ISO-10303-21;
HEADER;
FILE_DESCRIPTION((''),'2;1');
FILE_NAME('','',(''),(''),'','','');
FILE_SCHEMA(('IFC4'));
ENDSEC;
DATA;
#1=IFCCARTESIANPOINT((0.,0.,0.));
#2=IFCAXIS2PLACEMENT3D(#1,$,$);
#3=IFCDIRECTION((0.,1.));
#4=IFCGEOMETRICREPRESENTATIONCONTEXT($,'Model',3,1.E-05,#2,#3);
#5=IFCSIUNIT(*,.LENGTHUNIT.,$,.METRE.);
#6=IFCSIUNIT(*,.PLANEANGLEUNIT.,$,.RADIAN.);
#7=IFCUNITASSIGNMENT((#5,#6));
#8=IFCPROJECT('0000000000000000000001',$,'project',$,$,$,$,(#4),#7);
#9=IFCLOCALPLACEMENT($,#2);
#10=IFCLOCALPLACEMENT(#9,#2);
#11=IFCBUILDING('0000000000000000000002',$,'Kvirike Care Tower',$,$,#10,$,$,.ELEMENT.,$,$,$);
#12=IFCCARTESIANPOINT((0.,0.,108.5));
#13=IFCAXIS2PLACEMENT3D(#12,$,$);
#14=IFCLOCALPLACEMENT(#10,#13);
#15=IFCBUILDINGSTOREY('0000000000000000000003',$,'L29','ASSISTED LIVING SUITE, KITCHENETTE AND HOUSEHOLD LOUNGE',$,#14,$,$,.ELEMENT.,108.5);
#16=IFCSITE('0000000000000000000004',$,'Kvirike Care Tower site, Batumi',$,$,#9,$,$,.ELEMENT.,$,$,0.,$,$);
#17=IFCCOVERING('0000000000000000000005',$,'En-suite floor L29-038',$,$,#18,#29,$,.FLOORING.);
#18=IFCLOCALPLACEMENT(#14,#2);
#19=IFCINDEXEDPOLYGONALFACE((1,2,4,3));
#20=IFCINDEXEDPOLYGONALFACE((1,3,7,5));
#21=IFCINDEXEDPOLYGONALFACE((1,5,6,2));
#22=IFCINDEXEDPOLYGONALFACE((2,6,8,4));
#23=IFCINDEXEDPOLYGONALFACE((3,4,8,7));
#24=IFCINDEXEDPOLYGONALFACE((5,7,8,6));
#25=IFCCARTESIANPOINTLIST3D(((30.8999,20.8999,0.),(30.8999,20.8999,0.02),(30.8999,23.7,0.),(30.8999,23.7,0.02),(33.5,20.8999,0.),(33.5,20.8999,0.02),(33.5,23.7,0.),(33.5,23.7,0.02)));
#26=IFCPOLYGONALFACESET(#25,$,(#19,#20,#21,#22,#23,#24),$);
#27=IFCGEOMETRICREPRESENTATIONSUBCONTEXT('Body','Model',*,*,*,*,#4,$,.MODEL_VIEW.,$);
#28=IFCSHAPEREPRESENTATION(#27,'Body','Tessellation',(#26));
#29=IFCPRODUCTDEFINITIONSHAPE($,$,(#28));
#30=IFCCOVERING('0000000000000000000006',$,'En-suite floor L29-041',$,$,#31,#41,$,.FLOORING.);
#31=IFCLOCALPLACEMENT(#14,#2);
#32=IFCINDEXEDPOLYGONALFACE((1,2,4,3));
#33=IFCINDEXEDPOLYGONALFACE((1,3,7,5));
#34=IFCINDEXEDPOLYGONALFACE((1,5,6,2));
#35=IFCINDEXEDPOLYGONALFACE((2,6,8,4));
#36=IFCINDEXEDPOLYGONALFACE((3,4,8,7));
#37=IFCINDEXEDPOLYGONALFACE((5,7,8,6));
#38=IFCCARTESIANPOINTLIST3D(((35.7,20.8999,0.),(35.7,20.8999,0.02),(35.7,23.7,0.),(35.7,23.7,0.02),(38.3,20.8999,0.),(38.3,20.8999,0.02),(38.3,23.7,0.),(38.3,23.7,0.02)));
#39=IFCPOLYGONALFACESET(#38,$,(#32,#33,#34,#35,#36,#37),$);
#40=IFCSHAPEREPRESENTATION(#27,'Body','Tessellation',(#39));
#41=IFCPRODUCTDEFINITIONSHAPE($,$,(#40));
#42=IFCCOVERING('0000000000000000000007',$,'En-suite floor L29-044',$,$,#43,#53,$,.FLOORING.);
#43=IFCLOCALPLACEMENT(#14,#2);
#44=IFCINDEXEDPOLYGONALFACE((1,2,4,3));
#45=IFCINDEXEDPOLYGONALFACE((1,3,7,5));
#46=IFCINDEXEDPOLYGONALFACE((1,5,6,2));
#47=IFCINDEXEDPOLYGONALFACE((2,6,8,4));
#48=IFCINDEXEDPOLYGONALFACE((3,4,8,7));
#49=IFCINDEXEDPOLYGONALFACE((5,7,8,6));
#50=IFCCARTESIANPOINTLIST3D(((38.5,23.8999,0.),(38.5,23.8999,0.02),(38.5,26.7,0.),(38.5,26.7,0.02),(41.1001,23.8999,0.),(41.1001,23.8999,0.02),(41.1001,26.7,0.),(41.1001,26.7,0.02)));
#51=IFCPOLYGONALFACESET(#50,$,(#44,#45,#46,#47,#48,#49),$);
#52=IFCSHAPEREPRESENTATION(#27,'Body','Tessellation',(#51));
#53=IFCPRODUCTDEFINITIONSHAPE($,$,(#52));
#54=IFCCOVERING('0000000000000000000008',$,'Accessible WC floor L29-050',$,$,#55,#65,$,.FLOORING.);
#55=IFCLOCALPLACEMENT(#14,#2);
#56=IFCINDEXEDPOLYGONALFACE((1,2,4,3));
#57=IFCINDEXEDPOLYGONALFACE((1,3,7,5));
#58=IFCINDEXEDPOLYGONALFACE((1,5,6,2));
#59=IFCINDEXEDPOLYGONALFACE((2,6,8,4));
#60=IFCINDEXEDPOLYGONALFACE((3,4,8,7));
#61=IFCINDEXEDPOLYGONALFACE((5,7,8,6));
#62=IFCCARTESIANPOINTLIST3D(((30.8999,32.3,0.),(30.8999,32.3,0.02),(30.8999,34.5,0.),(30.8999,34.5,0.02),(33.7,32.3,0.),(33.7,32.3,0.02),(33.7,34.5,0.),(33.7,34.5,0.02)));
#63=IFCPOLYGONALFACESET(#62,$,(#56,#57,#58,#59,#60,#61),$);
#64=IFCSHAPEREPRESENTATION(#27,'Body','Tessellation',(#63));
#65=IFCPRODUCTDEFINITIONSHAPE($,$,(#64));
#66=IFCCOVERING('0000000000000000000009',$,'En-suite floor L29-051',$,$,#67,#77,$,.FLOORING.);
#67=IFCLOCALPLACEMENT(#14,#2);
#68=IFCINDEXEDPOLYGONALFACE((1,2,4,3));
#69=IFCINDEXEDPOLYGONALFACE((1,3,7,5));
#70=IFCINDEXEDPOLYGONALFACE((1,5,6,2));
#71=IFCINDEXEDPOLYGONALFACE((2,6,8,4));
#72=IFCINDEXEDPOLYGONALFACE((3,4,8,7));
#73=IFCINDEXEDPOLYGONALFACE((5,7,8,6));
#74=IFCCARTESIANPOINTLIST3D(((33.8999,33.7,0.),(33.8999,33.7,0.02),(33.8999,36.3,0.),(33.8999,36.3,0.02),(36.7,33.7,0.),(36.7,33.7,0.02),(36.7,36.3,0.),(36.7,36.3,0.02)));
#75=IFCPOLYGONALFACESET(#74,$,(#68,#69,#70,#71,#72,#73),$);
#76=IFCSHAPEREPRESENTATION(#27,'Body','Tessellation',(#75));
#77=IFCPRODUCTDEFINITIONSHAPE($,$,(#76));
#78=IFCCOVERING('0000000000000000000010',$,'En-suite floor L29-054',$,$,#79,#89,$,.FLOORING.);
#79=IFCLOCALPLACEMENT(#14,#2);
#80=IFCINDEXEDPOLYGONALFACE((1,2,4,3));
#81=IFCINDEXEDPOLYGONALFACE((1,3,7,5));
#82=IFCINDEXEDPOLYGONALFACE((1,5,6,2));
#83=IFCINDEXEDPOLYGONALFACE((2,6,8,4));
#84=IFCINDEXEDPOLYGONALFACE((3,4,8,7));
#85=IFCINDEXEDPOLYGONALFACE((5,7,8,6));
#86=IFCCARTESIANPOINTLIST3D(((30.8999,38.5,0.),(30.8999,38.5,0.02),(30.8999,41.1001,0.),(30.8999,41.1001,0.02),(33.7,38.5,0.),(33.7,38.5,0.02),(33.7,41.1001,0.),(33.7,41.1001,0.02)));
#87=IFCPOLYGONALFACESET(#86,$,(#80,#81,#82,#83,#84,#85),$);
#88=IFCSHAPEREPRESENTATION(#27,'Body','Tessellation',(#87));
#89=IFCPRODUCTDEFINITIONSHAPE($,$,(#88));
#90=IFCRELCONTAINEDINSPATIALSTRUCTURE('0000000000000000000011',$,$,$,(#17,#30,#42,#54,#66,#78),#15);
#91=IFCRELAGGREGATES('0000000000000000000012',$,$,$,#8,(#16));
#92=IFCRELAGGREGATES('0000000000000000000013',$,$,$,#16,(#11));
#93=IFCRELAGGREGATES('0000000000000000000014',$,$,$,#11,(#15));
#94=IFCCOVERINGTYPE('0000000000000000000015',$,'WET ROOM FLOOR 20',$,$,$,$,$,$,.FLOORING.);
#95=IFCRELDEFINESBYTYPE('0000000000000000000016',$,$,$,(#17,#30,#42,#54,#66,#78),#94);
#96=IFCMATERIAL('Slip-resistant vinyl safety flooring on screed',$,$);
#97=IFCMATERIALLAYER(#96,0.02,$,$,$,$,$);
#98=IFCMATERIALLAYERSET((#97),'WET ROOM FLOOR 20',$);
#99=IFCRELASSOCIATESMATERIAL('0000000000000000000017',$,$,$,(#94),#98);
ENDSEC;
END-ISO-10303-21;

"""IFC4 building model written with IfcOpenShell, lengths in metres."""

from ifc_helpers import new_model, si_unit, direction, frame, origin, place, context, subcontext, project, spatial, polyline, outline, extrude, material, layer, layer_set, type_object, element, save


model = new_model("IFC4")

# Units and contexts
model_context = context("Model", 3, precision=1e-05, world=origin(), true_north=direction((0.0, 1.0)))
body_context = subcontext(model_context, "Body", "Model", "MODEL_VIEW")
ifc_project = project(units=[si_unit("LENGTHUNIT", "METRE"), si_unit("PLANEANGLEUNIT", "RADIAN")], contexts=[model_context])

# Site, building, storey
site_placement = place(None, origin())
site = spatial("IfcSite", under=ifc_project, at=site_placement, Name="Kvirike Care Tower site, Batumi", CompositionType="ELEMENT", RefElevation=0.0)
building_placement = place(site_placement, origin())
building = spatial("IfcBuilding", under=site, at=building_placement, Name="Kvirike Care Tower", CompositionType="ELEMENT")
storey_placement = place(building_placement, frame((0.0, 0.0, 108.5)))
storey = spatial("IfcBuildingStorey", under=building, at=storey_placement, Name="L29", Description="ASSISTED LIVING SUITE, KITCHENETTE AND HOUSEHOLD LOUNGE", CompositionType="ELEMENT", Elevation=108.5)

# Coverings
ifc_material_1 = material(Name="Slip-resistant vinyl safety flooring on screed")
ifc_layer_1 = layer(ifc_material_1, 0.02)
ifc_layer_set_1 = layer_set([ifc_layer_1], Name="WET ROOM FLOOR 20")
covering_type_1 = type_object("IfcCoveringType", Name="WET ROOM FLOOR 20", PredefinedType="FLOORING", material=ifc_layer_set_1)
covering_1_placement = place(storey_placement, origin())
element("IfcCovering", 1, at=covering_1_placement, inside=storey, type_object=covering_type_1, Name="En-suite floor L29-038", PredefinedType="FLOORING", context=body_context, shape_type="SweptSolid", body=[
    extrude(outline(polyline([(30.8999, 20.8999), (30.8999, 23.7), (33.5, 23.7), (33.5, 20.8999), (30.8999, 20.8999)])), origin(), (0.0, 0.0, 1.0), 0.02),
])
covering_2_placement = place(storey_placement, origin())
element("IfcCovering", 2, at=covering_2_placement, inside=storey, type_object=covering_type_1, Name="En-suite floor L29-041", PredefinedType="FLOORING", context=body_context, shape_type="SweptSolid", body=[
    extrude(outline(polyline([(35.7, 20.8999), (35.7, 23.7), (38.3, 23.7), (38.3, 20.8999), (35.7, 20.8999)])), origin(), (0.0, 0.0, 1.0), 0.02),
])
covering_3_placement = place(storey_placement, origin())
element("IfcCovering", 3, at=covering_3_placement, inside=storey, type_object=covering_type_1, Name="En-suite floor L29-044", PredefinedType="FLOORING", context=body_context, shape_type="SweptSolid", body=[
    extrude(outline(polyline([(38.5, 23.8999), (38.5, 26.7), (41.1001, 26.7), (41.1001, 23.8999), (38.5, 23.8999)])), origin(), (0.0, 0.0, 1.0), 0.02),
])
covering_4_placement = place(storey_placement, origin())
element("IfcCovering", 4, at=covering_4_placement, inside=storey, type_object=covering_type_1, Name="Accessible WC floor L29-050", PredefinedType="FLOORING", context=body_context, shape_type="SweptSolid", body=[
    extrude(outline(polyline([(33.7, 32.3), (30.8999, 32.3), (30.8999, 34.5), (33.7, 34.5), (33.7, 32.3)])), origin(), (0.0, 0.0, 1.0), 0.02),
])
covering_5_placement = place(storey_placement, origin())
element("IfcCovering", 5, at=covering_5_placement, inside=storey, type_object=covering_type_1, Name="En-suite floor L29-051", PredefinedType="FLOORING", context=body_context, shape_type="SweptSolid", body=[
    extrude(outline(polyline([(36.7, 33.7), (33.8999, 33.7), (33.8999, 36.3), (36.7, 36.3), (36.7, 33.7)])), origin(), (0.0, 0.0, 1.0), 0.02),
])
covering_6_placement = place(storey_placement, origin())
element("IfcCovering", 6, at=covering_6_placement, inside=storey, type_object=covering_type_1, Name="En-suite floor L29-054", PredefinedType="FLOORING", context=body_context, shape_type="SweptSolid", body=[
    extrude(outline(polyline([(33.7, 38.5), (30.8999, 38.5), (30.8999, 41.1001), (33.7, 41.1001), (33.7, 38.5)])), origin(), (0.0, 0.0, 1.0), 0.02),
])

save(model, "model.ifc")
